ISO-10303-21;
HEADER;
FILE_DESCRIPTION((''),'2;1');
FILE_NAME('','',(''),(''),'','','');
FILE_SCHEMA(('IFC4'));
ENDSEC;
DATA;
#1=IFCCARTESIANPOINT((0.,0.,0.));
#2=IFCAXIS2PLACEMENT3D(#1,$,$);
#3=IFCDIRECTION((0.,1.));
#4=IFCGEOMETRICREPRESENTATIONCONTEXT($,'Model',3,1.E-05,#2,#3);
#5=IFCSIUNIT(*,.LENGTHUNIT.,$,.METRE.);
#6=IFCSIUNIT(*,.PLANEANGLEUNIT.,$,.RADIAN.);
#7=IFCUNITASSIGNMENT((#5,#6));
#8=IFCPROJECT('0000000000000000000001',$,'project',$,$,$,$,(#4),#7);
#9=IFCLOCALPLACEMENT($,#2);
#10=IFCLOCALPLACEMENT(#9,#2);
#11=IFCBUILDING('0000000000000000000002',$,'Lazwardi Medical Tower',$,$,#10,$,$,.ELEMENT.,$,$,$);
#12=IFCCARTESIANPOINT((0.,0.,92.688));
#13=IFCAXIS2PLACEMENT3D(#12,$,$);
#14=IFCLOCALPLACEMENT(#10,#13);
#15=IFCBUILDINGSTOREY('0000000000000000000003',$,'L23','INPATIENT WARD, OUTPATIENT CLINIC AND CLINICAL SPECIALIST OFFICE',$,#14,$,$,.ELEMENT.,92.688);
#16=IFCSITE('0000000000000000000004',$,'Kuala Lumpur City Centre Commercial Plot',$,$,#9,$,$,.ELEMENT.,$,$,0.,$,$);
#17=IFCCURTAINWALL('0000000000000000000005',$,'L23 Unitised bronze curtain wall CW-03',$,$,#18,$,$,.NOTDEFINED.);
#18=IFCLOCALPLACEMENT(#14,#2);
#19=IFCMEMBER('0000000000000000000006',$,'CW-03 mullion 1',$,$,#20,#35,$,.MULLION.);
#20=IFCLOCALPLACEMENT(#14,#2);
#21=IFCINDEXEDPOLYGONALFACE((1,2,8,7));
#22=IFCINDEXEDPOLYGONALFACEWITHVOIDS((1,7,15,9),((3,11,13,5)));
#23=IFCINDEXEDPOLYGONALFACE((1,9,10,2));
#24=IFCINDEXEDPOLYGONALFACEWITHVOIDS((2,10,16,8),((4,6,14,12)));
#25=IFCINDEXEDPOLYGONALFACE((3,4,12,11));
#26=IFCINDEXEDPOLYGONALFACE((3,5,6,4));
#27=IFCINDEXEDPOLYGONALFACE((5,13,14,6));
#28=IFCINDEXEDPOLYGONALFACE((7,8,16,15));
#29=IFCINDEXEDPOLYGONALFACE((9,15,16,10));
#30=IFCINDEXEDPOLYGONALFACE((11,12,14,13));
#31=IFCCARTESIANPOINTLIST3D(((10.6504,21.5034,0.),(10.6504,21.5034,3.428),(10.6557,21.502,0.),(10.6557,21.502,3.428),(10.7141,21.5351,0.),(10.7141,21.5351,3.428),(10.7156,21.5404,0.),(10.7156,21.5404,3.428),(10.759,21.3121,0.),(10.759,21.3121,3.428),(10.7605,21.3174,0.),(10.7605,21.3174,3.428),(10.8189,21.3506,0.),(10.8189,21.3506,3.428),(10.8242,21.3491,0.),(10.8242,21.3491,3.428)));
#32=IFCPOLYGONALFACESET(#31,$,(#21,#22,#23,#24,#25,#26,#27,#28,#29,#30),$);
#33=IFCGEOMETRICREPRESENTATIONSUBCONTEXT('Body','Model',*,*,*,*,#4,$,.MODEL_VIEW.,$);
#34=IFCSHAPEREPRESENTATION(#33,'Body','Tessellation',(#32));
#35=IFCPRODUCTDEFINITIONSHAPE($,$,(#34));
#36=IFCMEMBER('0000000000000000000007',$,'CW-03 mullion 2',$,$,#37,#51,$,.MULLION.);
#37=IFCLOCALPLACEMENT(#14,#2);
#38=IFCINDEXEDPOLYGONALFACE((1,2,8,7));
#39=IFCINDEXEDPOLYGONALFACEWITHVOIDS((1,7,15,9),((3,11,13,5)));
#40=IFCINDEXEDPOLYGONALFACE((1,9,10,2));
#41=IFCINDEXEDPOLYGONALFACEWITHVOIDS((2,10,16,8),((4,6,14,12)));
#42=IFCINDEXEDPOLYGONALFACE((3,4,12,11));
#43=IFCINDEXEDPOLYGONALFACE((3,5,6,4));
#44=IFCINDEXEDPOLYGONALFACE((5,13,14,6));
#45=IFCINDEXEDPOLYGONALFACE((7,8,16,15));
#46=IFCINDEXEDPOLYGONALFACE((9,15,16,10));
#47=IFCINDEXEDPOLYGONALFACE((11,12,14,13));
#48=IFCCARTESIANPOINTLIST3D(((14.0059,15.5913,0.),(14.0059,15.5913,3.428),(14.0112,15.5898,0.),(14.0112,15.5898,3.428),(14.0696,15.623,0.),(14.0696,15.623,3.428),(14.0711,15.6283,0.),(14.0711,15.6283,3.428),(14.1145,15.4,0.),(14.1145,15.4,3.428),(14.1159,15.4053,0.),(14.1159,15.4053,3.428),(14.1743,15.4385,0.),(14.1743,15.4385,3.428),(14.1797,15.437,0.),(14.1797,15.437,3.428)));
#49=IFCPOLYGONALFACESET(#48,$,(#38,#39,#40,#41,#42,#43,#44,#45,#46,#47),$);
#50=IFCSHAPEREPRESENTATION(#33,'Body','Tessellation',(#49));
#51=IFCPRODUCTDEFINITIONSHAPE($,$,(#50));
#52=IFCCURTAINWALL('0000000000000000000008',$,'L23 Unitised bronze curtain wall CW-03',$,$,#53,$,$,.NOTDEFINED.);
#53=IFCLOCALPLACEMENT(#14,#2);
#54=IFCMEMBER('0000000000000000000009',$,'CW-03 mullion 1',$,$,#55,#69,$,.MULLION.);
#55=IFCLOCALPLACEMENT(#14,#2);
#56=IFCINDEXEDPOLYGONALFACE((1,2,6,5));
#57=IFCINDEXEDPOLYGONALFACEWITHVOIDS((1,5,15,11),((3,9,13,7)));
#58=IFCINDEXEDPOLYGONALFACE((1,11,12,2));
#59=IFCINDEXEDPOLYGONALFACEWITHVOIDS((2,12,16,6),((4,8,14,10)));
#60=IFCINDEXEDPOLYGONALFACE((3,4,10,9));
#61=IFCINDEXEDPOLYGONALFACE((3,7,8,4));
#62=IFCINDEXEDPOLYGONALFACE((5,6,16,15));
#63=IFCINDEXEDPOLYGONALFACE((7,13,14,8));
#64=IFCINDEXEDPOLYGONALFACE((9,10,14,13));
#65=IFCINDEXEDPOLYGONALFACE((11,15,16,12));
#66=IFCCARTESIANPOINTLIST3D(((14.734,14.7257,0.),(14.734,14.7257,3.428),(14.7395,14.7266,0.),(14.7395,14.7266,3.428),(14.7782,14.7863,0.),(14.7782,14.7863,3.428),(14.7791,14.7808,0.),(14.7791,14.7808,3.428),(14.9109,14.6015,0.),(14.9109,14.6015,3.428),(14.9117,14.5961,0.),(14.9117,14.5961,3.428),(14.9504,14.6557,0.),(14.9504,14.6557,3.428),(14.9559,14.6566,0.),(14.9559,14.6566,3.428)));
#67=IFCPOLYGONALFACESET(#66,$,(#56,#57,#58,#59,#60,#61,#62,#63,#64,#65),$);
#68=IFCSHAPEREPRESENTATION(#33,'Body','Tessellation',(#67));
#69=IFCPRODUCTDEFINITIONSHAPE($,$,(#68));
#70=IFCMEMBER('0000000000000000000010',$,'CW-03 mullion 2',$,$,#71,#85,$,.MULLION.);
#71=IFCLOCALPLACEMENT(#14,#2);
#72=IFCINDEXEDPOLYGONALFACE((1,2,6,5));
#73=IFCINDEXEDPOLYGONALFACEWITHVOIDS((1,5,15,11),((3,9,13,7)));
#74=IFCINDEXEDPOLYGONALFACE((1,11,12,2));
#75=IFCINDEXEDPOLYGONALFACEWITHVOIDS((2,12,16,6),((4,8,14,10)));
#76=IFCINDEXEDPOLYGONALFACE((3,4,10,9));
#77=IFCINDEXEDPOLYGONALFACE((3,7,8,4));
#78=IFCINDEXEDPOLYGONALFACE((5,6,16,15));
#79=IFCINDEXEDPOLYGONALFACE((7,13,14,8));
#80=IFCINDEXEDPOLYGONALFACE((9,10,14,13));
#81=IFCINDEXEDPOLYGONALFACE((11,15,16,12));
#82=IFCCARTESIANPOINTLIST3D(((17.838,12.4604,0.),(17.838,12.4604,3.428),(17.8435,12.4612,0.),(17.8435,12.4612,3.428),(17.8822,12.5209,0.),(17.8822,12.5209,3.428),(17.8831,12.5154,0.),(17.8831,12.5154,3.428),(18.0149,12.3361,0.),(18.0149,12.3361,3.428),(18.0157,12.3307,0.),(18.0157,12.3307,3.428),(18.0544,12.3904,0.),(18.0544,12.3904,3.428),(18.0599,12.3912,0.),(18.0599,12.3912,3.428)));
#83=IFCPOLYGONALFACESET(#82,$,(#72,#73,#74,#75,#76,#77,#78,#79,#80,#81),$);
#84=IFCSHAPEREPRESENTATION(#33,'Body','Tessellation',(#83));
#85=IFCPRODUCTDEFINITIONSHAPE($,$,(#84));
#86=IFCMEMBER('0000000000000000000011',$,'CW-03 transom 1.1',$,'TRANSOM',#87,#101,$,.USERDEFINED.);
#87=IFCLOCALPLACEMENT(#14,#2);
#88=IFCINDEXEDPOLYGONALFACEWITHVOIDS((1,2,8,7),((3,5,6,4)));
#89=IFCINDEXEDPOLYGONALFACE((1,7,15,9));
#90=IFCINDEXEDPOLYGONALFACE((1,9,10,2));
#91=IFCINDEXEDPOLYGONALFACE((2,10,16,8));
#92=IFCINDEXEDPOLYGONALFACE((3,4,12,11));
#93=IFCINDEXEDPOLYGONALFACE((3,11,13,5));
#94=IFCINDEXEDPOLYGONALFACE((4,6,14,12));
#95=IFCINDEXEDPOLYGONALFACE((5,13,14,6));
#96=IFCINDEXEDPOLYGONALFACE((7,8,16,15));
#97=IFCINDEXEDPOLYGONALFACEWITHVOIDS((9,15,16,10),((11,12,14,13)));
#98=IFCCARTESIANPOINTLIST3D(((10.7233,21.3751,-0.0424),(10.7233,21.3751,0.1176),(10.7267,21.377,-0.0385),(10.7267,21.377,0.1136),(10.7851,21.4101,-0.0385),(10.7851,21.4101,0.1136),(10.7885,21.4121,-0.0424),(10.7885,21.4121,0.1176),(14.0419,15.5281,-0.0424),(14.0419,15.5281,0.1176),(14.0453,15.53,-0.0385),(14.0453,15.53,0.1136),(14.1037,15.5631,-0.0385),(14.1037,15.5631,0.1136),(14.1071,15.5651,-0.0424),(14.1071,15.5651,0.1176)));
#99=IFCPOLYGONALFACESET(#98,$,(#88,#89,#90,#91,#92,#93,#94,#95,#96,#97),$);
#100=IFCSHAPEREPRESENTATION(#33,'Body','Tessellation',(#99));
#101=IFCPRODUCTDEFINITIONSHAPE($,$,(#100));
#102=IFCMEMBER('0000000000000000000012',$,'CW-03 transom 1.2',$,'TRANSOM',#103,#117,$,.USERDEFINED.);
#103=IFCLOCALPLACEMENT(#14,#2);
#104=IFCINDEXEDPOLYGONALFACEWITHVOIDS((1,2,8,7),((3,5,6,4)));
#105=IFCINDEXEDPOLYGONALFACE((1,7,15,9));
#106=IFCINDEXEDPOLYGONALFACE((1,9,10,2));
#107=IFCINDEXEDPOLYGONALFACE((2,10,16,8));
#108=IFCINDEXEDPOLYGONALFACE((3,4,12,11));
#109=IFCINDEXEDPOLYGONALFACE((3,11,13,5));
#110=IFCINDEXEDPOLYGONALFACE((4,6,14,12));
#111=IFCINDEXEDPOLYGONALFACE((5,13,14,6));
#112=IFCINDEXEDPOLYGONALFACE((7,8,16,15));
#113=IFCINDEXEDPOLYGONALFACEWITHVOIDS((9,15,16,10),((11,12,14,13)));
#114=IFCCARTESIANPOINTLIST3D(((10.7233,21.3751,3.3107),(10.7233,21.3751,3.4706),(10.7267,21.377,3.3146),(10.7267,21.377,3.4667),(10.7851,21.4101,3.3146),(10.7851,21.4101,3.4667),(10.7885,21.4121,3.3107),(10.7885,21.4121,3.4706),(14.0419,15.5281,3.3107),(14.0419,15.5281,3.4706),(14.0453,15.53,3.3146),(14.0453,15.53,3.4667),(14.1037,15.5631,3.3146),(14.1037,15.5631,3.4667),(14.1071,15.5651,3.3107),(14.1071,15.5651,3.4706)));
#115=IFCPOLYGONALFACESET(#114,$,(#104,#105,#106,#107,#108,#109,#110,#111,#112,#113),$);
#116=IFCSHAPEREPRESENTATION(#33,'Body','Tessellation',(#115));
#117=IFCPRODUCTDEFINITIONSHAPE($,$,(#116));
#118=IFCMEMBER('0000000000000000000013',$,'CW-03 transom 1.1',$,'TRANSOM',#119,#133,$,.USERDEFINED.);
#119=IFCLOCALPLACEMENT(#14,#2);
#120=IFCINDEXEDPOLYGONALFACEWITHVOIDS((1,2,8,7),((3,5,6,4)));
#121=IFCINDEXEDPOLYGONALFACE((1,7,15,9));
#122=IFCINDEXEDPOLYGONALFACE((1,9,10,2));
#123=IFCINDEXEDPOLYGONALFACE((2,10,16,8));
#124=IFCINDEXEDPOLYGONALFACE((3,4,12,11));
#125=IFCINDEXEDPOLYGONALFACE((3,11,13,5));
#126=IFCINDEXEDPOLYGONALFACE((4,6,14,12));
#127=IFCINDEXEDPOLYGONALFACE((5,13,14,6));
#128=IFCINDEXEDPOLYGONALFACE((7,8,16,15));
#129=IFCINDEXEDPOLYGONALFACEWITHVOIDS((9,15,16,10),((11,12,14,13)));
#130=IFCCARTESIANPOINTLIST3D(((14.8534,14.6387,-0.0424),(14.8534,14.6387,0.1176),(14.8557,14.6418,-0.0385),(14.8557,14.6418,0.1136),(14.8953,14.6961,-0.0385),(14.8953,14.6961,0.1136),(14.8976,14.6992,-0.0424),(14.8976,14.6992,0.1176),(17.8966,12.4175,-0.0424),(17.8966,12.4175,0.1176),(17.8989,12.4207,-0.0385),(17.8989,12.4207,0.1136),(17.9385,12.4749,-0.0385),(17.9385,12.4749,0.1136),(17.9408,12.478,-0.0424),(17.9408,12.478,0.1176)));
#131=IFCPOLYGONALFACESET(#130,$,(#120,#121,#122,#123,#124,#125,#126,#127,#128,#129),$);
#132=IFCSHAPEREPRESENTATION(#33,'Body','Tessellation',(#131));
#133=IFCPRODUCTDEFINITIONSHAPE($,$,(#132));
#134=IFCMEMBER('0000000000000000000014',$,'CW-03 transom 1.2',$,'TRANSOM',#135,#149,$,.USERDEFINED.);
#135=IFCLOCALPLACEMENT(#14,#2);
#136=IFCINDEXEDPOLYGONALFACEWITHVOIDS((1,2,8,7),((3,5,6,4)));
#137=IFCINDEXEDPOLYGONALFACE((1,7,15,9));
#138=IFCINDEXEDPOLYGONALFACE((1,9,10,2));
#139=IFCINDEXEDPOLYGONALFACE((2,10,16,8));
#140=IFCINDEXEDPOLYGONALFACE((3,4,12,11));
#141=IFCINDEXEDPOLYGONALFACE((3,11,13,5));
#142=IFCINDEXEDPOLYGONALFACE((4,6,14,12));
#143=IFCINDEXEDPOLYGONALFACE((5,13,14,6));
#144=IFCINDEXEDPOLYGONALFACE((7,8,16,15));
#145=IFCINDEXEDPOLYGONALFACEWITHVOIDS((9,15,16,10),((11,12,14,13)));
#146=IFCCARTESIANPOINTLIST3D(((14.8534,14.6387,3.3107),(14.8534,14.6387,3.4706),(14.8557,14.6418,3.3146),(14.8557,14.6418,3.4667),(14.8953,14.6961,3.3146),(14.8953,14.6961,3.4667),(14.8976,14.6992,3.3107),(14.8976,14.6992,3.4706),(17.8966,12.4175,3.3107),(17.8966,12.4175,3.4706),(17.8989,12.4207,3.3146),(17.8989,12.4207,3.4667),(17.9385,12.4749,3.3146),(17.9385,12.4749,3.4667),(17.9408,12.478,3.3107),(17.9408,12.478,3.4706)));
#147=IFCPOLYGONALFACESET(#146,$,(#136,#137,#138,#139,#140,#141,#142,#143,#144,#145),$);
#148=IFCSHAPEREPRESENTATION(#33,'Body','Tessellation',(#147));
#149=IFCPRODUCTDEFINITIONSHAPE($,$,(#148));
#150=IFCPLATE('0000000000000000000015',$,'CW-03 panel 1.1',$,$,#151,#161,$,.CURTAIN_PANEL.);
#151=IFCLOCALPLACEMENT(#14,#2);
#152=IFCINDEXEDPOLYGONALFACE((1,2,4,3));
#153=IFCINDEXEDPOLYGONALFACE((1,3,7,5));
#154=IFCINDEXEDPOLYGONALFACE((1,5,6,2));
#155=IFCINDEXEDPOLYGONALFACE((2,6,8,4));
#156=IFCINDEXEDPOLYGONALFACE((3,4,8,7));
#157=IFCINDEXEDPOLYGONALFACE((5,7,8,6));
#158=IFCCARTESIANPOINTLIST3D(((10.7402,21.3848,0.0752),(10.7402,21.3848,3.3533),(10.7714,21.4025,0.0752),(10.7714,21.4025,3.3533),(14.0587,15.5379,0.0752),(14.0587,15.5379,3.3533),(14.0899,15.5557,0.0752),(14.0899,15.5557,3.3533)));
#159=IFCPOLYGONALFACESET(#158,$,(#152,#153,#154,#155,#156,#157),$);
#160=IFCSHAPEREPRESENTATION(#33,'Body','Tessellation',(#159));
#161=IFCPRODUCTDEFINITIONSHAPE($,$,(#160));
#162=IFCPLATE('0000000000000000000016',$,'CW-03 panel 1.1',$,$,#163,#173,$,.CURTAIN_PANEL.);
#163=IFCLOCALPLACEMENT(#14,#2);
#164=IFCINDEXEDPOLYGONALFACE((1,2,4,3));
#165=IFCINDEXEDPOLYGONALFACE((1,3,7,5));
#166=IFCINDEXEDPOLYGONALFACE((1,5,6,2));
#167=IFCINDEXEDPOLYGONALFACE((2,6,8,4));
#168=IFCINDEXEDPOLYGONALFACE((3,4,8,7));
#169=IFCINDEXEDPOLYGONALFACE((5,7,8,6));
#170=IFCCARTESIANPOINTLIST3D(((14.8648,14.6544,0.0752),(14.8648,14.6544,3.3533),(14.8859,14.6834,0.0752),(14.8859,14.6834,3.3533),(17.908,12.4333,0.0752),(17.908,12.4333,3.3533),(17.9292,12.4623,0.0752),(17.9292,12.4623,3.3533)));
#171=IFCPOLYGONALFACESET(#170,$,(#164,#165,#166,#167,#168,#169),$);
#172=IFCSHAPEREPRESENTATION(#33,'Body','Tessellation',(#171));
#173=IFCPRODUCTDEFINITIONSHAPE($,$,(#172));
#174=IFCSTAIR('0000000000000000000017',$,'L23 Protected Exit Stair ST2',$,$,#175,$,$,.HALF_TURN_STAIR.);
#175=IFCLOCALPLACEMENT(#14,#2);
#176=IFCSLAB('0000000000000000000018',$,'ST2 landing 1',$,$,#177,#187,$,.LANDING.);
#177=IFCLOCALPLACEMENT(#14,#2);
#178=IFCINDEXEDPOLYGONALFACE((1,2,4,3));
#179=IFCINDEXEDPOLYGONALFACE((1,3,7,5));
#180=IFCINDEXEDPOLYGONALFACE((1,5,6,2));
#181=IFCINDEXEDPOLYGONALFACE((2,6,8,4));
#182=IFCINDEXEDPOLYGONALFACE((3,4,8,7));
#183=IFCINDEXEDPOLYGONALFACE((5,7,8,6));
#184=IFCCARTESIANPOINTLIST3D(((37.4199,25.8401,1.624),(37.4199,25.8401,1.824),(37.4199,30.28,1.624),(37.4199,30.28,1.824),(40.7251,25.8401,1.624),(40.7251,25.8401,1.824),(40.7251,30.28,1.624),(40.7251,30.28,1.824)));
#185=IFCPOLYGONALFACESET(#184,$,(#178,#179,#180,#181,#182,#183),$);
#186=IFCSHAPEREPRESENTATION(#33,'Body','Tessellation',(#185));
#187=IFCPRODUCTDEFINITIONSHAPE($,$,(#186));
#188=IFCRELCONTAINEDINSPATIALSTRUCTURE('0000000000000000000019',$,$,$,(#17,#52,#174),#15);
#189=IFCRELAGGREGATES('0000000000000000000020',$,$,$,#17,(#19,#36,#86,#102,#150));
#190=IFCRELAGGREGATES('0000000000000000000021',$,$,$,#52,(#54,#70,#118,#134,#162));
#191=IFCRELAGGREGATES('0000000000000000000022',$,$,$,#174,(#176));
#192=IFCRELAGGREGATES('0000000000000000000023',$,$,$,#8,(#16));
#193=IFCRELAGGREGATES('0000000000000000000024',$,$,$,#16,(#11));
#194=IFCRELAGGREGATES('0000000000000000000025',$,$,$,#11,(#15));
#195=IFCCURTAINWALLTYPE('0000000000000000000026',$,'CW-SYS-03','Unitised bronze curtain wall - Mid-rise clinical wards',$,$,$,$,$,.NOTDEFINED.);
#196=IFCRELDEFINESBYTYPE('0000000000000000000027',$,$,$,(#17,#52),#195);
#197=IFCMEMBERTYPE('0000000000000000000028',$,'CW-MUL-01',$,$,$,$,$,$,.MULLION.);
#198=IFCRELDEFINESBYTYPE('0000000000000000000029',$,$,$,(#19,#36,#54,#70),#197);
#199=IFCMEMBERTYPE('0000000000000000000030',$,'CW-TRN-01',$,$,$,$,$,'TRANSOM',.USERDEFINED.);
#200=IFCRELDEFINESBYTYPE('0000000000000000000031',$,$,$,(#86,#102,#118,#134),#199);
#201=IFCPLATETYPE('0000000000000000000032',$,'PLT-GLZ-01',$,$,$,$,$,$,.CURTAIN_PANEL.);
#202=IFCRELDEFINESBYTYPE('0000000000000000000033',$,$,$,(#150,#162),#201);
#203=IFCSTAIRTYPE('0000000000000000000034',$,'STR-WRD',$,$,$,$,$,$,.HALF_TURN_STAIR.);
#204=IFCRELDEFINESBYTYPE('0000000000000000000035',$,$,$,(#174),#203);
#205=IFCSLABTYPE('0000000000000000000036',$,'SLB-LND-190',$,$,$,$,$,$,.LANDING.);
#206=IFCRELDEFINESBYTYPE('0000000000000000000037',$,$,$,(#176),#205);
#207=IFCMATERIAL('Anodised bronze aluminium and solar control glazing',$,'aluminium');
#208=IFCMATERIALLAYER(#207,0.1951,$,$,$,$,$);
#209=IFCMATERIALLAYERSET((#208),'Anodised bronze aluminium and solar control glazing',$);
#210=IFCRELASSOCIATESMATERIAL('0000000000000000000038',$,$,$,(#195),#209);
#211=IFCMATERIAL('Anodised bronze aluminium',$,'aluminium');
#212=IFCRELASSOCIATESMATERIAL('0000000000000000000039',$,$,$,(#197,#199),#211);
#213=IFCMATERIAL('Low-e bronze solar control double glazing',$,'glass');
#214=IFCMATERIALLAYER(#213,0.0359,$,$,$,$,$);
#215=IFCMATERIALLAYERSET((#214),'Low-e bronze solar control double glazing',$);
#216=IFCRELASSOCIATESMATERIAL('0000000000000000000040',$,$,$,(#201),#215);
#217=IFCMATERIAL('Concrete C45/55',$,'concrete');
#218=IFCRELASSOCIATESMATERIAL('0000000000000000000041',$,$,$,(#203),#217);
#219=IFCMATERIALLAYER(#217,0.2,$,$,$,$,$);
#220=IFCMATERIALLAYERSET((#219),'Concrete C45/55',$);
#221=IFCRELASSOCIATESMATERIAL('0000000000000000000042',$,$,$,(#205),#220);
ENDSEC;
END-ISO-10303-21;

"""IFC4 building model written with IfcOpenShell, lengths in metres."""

from ifc_helpers import new_model, si_unit, direction, frame, origin, origin_2d, place, context, subcontext, project, spatial, polyline, rectangle, hollow_rectangle, outline, extrude, material, layer, layer_set, material_profile, profile_set, type_object, element, aggregate, save


model = new_model("IFC4")

# Units and contexts
model_context = context("Model", 3, precision=1e-05, world=origin(), true_north=direction((0.0, 1.0)))
body_context = subcontext(model_context, "Body", "Model", "MODEL_VIEW")
ifc_project = project(units=[si_unit("LENGTHUNIT", "METRE"), si_unit("PLANEANGLEUNIT", "RADIAN")], contexts=[model_context])

# Site, building, storey
site_placement = place(None, origin())
site = spatial("IfcSite", under=ifc_project, at=site_placement, Name="Kuala Lumpur City Centre Commercial Plot", CompositionType="ELEMENT", RefElevation=0.0)
building_placement = place(site_placement, origin())
building = spatial("IfcBuilding", under=site, at=building_placement, Name="Lazwardi Medical Tower", CompositionType="ELEMENT")
storey_placement = place(building_placement, frame((0.0, 0.0, 92.688)))
storey = spatial("IfcBuildingStorey", under=building, at=storey_placement, Name="L23", Description="INPATIENT WARD, OUTPATIENT CLINIC AND CLINICAL SPECIALIST OFFICE", CompositionType="ELEMENT", Elevation=92.688)

# Curtain walls, members
ifc_material_1 = material(Name="Anodised bronze aluminium and solar control glazing", Category="aluminium")
ifc_layer_1 = layer(ifc_material_1, 0.1951)
ifc_layer_set_1 = layer_set([ifc_layer_1], Name="Anodised bronze aluminium and solar control glazing")
curtain_wall_type = type_object("IfcCurtainWallType", Name="CW-SYS-03", Description="Unitised bronze curtain wall - Mid-rise clinical wards", PredefinedType="NOTDEFINED", material=ifc_layer_set_1)
curtain_wall_1_placement = place(storey_placement, origin())
curtain_wall_1 = element("IfcCurtainWall", 1, at=curtain_wall_1_placement, inside=storey, type_object=curtain_wall_type, Name="L23 Unitised bronze curtain wall CW-03", PredefinedType="NOTDEFINED")
ifc_material_2 = material(Name="Anodised bronze aluminium", Category="aluminium")
ifc_material_profile_1 = material_profile(ifc_material_2, hollow_rectangle(XDim=0.075, YDim=0.22, WallThickness=0.0039, at=origin_2d()), Name="ALU-MULLION 220x75x4")
ifc_profile_set_1 = profile_set([ifc_material_profile_1], Name="Anodised bronze aluminium")
member_type_1 = type_object("IfcMemberType", Name="CW-MUL-01", PredefinedType="MULLION", material=ifc_profile_set_1)
member_1_placement = place(storey_placement, frame((10.7373, 21.4263, 0.0), z_axis=(0.0, 0.0, 1.0), x_axis=(0.869687, 0.493603, 0.0)))
member_1 = element("IfcMember", 2, at=member_1_placement, type_object=member_type_1, Name="CW-03 mullion 1", PredefinedType="MULLION", context=body_context, shape_type="SweptSolid", body=[
    extrude(hollow_rectangle(XDim=0.075, YDim=0.22, WallThickness=0.0039, at=origin_2d()), origin(), (0.0, 0.0, 1.0), 3.428),
])
member_2_placement = place(storey_placement, frame((14.0928, 15.5142, 0.0), z_axis=(0.0, 0.0, 1.0), x_axis=(0.869687, 0.493603, 0.0)))
member_2 = element("IfcMember", 3, at=member_2_placement, type_object=member_type_1, Name="CW-03 mullion 2", PredefinedType="MULLION", context=body_context, shape_type="SweptSolid", body=[
    extrude(hollow_rectangle(XDim=0.075, YDim=0.22, WallThickness=0.0039, at=origin_2d()), origin(), (0.0, 0.0, 1.0), 3.428),
])
curtain_wall_2_placement = place(storey_placement, origin())
curtain_wall_2 = element("IfcCurtainWall", 4, at=curtain_wall_2_placement, inside=storey, type_object=curtain_wall_type, Name="L23 Unitised bronze curtain wall CW-03", PredefinedType="NOTDEFINED")
member_3_placement = place(storey_placement, frame((14.845, 14.6912, 0.0), z_axis=(0.0, 0.0, 1.0), x_axis=(0.589531, 0.807746, 0.0)))
member_3 = element("IfcMember", 5, at=member_3_placement, type_object=member_type_1, Name="CW-03 mullion 1", PredefinedType="MULLION", context=body_context, shape_type="SweptSolid", body=[
    extrude(hollow_rectangle(XDim=0.075, YDim=0.22, WallThickness=0.0039, at=origin_2d()), origin(), (0.0, 0.0, 1.0), 3.428),
])
member_4_placement = place(storey_placement, frame((17.949, 12.4258, 0.0), z_axis=(0.0, 0.0, 1.0), x_axis=(0.589531, 0.807746, 0.0)))
member_4 = element("IfcMember", 6, at=member_4_placement, type_object=member_type_1, Name="CW-03 mullion 2", PredefinedType="MULLION", context=body_context, shape_type="SweptSolid", body=[
    extrude(hollow_rectangle(XDim=0.075, YDim=0.22, WallThickness=0.0039, at=origin_2d()), origin(), (0.0, 0.0, 1.0), 3.428),
])

# Members
ifc_material_profile_2 = material_profile(ifc_material_2, hollow_rectangle(XDim=0.075, YDim=0.1599, WallThickness=0.0039, at=origin_2d()), Name="ALU-TRANSOM 160x75x4")
ifc_profile_set_2 = profile_set([ifc_material_profile_2], Name="Anodised bronze aluminium")
member_type_2 = type_object("IfcMemberType", Name="CW-TRN-01", ElementType="TRANSOM", PredefinedType="USERDEFINED", material=ifc_profile_set_2)
member_5_placement = place(storey_placement, frame((10.7559, 21.3936, 0.0376), z_axis=(0.493614, -0.869681, 0.0), x_axis=(0.869681, 0.493614, 0.0)))
member_5 = element("IfcMember", 7, at=member_5_placement, type_object=member_type_2, Name="CW-03 transom 1.1", ObjectType="TRANSOM", PredefinedType="USERDEFINED", context=body_context, shape_type="SweptSolid", body=[
    extrude(hollow_rectangle(XDim=0.075, YDim=0.1599, WallThickness=0.0039, at=origin_2d()), origin(), (0.0, 0.0, 1.0), 6.7231),
])
member_6_placement = place(storey_placement, frame((10.7559, 21.3936, 3.3906), z_axis=(0.493614, -0.869681, 0.0), x_axis=(0.869681, 0.493614, 0.0)))
member_6 = element("IfcMember", 8, at=member_6_placement, type_object=member_type_2, Name="CW-03 transom 1.2", ObjectType="TRANSOM", PredefinedType="USERDEFINED", context=body_context, shape_type="SweptSolid", body=[
    extrude(hollow_rectangle(XDim=0.075, YDim=0.1599, WallThickness=0.0039, at=origin_2d()), origin(), (0.0, 0.0, 1.0), 6.7231),
])
member_7_placement = place(storey_placement, frame((14.8755, 14.6689, 0.0376), z_axis=(0.807732, -0.58955, 0.0), x_axis=(0.58955, 0.807732, 0.0)))
member_7 = element("IfcMember", 9, at=member_7_placement, type_object=member_type_2, Name="CW-03 transom 1.1", ObjectType="TRANSOM", PredefinedType="USERDEFINED", context=body_context, shape_type="SweptSolid", body=[
    extrude(hollow_rectangle(XDim=0.075, YDim=0.1599, WallThickness=0.0039, at=origin_2d()), origin(), (0.0, 0.0, 1.0), 3.7676),
])
member_8_placement = place(storey_placement, frame((14.8755, 14.6689, 3.3906), z_axis=(0.807732, -0.58955, 0.0), x_axis=(0.58955, 0.807732, 0.0)))
member_8 = element("IfcMember", 10, at=member_8_placement, type_object=member_type_2, Name="CW-03 transom 1.2", ObjectType="TRANSOM", PredefinedType="USERDEFINED", context=body_context, shape_type="SweptSolid", body=[
    extrude(hollow_rectangle(XDim=0.075, YDim=0.1599, WallThickness=0.0039, at=origin_2d()), origin(), (0.0, 0.0, 1.0), 3.7676),
])

# Plates
ifc_material_3 = material(Name="Low-e bronze solar control double glazing", Category="glass")
ifc_layer_2 = layer(ifc_material_3, 0.0359)
ifc_layer_set_2 = layer_set([ifc_layer_2], Name="Low-e bronze solar control double glazing")
plate_type = type_object("IfcPlateType", Name="PLT-GLZ-01", PredefinedType="CURTAIN_PANEL", material=ifc_layer_set_2)
plate_1_placement = place(storey_placement, frame((12.415, 18.4702, 0.0752), z_axis=(0.0, 0.0, 1.0), x_axis=(0.493603, -0.869687, 0.0)))
plate_1 = element("IfcPlate", 11, at=plate_1_placement, type_object=plate_type, Name="CW-03 panel 1.1", PredefinedType="CURTAIN_PANEL", context=body_context, shape_type="SweptSolid", body=[
    extrude(rectangle(XDim=6.7229, YDim=0.0359, at=origin_2d()), origin(), (0.0, 0.0, 1.0), 3.2781),
])
aggregate(curtain_wall_1, [member_1, member_2, member_5, member_6, plate_1])
plate_2_placement = place(storey_placement, frame((16.397, 13.5583, 0.0752), z_axis=(0.0, 0.0, 1.0), x_axis=(0.807746, -0.589531, 0.0)))
plate_2 = element("IfcPlate", 12, at=plate_2_placement, type_object=plate_type, Name="CW-03 panel 1.1", PredefinedType="CURTAIN_PANEL", context=body_context, shape_type="SweptSolid", body=[
    extrude(rectangle(XDim=3.7676, YDim=0.0359, at=origin_2d()), origin(), (0.0, 0.0, 1.0), 3.2781),
])
aggregate(curtain_wall_2, [member_3, member_4, member_7, member_8, plate_2])

# Stair, slab
ifc_material_4 = material(Name="Concrete C45/55", Category="concrete")
stair_type = type_object("IfcStairType", Name="STR-WRD", PredefinedType="HALF_TURN_STAIR", material=ifc_material_4)
stair_1_placement = place(storey_placement, origin())
stair_1 = element("IfcStair", 13, at=stair_1_placement, inside=storey, type_object=stair_type, Name="L23 Protected Exit Stair ST2", PredefinedType="HALF_TURN_STAIR")
ifc_layer_3 = layer(ifc_material_4, 0.2)
ifc_layer_set_3 = layer_set([ifc_layer_3], Name="Concrete C45/55")
slab_type = type_object("IfcSlabType", Name="SLB-LND-190", PredefinedType="LANDING", material=ifc_layer_set_3)
slab_1_placement = place(storey_placement, frame((0.0, 0.0, 1.624)))
slab_1 = element("IfcSlab", 14, at=slab_1_placement, type_object=slab_type, Name="ST2 landing 1", PredefinedType="LANDING", context=body_context, shape_type="SweptSolid", body=[
    extrude(outline(polyline([(40.7251, 30.28), (37.4199, 30.28), (37.4199, 25.8401), (40.7251, 25.8401), (40.7251, 30.28)])), origin(), (0.0, 0.0, 1.0), 0.2),
])
aggregate(stair_1, [slab_1])

save(model, "model.ifc")
